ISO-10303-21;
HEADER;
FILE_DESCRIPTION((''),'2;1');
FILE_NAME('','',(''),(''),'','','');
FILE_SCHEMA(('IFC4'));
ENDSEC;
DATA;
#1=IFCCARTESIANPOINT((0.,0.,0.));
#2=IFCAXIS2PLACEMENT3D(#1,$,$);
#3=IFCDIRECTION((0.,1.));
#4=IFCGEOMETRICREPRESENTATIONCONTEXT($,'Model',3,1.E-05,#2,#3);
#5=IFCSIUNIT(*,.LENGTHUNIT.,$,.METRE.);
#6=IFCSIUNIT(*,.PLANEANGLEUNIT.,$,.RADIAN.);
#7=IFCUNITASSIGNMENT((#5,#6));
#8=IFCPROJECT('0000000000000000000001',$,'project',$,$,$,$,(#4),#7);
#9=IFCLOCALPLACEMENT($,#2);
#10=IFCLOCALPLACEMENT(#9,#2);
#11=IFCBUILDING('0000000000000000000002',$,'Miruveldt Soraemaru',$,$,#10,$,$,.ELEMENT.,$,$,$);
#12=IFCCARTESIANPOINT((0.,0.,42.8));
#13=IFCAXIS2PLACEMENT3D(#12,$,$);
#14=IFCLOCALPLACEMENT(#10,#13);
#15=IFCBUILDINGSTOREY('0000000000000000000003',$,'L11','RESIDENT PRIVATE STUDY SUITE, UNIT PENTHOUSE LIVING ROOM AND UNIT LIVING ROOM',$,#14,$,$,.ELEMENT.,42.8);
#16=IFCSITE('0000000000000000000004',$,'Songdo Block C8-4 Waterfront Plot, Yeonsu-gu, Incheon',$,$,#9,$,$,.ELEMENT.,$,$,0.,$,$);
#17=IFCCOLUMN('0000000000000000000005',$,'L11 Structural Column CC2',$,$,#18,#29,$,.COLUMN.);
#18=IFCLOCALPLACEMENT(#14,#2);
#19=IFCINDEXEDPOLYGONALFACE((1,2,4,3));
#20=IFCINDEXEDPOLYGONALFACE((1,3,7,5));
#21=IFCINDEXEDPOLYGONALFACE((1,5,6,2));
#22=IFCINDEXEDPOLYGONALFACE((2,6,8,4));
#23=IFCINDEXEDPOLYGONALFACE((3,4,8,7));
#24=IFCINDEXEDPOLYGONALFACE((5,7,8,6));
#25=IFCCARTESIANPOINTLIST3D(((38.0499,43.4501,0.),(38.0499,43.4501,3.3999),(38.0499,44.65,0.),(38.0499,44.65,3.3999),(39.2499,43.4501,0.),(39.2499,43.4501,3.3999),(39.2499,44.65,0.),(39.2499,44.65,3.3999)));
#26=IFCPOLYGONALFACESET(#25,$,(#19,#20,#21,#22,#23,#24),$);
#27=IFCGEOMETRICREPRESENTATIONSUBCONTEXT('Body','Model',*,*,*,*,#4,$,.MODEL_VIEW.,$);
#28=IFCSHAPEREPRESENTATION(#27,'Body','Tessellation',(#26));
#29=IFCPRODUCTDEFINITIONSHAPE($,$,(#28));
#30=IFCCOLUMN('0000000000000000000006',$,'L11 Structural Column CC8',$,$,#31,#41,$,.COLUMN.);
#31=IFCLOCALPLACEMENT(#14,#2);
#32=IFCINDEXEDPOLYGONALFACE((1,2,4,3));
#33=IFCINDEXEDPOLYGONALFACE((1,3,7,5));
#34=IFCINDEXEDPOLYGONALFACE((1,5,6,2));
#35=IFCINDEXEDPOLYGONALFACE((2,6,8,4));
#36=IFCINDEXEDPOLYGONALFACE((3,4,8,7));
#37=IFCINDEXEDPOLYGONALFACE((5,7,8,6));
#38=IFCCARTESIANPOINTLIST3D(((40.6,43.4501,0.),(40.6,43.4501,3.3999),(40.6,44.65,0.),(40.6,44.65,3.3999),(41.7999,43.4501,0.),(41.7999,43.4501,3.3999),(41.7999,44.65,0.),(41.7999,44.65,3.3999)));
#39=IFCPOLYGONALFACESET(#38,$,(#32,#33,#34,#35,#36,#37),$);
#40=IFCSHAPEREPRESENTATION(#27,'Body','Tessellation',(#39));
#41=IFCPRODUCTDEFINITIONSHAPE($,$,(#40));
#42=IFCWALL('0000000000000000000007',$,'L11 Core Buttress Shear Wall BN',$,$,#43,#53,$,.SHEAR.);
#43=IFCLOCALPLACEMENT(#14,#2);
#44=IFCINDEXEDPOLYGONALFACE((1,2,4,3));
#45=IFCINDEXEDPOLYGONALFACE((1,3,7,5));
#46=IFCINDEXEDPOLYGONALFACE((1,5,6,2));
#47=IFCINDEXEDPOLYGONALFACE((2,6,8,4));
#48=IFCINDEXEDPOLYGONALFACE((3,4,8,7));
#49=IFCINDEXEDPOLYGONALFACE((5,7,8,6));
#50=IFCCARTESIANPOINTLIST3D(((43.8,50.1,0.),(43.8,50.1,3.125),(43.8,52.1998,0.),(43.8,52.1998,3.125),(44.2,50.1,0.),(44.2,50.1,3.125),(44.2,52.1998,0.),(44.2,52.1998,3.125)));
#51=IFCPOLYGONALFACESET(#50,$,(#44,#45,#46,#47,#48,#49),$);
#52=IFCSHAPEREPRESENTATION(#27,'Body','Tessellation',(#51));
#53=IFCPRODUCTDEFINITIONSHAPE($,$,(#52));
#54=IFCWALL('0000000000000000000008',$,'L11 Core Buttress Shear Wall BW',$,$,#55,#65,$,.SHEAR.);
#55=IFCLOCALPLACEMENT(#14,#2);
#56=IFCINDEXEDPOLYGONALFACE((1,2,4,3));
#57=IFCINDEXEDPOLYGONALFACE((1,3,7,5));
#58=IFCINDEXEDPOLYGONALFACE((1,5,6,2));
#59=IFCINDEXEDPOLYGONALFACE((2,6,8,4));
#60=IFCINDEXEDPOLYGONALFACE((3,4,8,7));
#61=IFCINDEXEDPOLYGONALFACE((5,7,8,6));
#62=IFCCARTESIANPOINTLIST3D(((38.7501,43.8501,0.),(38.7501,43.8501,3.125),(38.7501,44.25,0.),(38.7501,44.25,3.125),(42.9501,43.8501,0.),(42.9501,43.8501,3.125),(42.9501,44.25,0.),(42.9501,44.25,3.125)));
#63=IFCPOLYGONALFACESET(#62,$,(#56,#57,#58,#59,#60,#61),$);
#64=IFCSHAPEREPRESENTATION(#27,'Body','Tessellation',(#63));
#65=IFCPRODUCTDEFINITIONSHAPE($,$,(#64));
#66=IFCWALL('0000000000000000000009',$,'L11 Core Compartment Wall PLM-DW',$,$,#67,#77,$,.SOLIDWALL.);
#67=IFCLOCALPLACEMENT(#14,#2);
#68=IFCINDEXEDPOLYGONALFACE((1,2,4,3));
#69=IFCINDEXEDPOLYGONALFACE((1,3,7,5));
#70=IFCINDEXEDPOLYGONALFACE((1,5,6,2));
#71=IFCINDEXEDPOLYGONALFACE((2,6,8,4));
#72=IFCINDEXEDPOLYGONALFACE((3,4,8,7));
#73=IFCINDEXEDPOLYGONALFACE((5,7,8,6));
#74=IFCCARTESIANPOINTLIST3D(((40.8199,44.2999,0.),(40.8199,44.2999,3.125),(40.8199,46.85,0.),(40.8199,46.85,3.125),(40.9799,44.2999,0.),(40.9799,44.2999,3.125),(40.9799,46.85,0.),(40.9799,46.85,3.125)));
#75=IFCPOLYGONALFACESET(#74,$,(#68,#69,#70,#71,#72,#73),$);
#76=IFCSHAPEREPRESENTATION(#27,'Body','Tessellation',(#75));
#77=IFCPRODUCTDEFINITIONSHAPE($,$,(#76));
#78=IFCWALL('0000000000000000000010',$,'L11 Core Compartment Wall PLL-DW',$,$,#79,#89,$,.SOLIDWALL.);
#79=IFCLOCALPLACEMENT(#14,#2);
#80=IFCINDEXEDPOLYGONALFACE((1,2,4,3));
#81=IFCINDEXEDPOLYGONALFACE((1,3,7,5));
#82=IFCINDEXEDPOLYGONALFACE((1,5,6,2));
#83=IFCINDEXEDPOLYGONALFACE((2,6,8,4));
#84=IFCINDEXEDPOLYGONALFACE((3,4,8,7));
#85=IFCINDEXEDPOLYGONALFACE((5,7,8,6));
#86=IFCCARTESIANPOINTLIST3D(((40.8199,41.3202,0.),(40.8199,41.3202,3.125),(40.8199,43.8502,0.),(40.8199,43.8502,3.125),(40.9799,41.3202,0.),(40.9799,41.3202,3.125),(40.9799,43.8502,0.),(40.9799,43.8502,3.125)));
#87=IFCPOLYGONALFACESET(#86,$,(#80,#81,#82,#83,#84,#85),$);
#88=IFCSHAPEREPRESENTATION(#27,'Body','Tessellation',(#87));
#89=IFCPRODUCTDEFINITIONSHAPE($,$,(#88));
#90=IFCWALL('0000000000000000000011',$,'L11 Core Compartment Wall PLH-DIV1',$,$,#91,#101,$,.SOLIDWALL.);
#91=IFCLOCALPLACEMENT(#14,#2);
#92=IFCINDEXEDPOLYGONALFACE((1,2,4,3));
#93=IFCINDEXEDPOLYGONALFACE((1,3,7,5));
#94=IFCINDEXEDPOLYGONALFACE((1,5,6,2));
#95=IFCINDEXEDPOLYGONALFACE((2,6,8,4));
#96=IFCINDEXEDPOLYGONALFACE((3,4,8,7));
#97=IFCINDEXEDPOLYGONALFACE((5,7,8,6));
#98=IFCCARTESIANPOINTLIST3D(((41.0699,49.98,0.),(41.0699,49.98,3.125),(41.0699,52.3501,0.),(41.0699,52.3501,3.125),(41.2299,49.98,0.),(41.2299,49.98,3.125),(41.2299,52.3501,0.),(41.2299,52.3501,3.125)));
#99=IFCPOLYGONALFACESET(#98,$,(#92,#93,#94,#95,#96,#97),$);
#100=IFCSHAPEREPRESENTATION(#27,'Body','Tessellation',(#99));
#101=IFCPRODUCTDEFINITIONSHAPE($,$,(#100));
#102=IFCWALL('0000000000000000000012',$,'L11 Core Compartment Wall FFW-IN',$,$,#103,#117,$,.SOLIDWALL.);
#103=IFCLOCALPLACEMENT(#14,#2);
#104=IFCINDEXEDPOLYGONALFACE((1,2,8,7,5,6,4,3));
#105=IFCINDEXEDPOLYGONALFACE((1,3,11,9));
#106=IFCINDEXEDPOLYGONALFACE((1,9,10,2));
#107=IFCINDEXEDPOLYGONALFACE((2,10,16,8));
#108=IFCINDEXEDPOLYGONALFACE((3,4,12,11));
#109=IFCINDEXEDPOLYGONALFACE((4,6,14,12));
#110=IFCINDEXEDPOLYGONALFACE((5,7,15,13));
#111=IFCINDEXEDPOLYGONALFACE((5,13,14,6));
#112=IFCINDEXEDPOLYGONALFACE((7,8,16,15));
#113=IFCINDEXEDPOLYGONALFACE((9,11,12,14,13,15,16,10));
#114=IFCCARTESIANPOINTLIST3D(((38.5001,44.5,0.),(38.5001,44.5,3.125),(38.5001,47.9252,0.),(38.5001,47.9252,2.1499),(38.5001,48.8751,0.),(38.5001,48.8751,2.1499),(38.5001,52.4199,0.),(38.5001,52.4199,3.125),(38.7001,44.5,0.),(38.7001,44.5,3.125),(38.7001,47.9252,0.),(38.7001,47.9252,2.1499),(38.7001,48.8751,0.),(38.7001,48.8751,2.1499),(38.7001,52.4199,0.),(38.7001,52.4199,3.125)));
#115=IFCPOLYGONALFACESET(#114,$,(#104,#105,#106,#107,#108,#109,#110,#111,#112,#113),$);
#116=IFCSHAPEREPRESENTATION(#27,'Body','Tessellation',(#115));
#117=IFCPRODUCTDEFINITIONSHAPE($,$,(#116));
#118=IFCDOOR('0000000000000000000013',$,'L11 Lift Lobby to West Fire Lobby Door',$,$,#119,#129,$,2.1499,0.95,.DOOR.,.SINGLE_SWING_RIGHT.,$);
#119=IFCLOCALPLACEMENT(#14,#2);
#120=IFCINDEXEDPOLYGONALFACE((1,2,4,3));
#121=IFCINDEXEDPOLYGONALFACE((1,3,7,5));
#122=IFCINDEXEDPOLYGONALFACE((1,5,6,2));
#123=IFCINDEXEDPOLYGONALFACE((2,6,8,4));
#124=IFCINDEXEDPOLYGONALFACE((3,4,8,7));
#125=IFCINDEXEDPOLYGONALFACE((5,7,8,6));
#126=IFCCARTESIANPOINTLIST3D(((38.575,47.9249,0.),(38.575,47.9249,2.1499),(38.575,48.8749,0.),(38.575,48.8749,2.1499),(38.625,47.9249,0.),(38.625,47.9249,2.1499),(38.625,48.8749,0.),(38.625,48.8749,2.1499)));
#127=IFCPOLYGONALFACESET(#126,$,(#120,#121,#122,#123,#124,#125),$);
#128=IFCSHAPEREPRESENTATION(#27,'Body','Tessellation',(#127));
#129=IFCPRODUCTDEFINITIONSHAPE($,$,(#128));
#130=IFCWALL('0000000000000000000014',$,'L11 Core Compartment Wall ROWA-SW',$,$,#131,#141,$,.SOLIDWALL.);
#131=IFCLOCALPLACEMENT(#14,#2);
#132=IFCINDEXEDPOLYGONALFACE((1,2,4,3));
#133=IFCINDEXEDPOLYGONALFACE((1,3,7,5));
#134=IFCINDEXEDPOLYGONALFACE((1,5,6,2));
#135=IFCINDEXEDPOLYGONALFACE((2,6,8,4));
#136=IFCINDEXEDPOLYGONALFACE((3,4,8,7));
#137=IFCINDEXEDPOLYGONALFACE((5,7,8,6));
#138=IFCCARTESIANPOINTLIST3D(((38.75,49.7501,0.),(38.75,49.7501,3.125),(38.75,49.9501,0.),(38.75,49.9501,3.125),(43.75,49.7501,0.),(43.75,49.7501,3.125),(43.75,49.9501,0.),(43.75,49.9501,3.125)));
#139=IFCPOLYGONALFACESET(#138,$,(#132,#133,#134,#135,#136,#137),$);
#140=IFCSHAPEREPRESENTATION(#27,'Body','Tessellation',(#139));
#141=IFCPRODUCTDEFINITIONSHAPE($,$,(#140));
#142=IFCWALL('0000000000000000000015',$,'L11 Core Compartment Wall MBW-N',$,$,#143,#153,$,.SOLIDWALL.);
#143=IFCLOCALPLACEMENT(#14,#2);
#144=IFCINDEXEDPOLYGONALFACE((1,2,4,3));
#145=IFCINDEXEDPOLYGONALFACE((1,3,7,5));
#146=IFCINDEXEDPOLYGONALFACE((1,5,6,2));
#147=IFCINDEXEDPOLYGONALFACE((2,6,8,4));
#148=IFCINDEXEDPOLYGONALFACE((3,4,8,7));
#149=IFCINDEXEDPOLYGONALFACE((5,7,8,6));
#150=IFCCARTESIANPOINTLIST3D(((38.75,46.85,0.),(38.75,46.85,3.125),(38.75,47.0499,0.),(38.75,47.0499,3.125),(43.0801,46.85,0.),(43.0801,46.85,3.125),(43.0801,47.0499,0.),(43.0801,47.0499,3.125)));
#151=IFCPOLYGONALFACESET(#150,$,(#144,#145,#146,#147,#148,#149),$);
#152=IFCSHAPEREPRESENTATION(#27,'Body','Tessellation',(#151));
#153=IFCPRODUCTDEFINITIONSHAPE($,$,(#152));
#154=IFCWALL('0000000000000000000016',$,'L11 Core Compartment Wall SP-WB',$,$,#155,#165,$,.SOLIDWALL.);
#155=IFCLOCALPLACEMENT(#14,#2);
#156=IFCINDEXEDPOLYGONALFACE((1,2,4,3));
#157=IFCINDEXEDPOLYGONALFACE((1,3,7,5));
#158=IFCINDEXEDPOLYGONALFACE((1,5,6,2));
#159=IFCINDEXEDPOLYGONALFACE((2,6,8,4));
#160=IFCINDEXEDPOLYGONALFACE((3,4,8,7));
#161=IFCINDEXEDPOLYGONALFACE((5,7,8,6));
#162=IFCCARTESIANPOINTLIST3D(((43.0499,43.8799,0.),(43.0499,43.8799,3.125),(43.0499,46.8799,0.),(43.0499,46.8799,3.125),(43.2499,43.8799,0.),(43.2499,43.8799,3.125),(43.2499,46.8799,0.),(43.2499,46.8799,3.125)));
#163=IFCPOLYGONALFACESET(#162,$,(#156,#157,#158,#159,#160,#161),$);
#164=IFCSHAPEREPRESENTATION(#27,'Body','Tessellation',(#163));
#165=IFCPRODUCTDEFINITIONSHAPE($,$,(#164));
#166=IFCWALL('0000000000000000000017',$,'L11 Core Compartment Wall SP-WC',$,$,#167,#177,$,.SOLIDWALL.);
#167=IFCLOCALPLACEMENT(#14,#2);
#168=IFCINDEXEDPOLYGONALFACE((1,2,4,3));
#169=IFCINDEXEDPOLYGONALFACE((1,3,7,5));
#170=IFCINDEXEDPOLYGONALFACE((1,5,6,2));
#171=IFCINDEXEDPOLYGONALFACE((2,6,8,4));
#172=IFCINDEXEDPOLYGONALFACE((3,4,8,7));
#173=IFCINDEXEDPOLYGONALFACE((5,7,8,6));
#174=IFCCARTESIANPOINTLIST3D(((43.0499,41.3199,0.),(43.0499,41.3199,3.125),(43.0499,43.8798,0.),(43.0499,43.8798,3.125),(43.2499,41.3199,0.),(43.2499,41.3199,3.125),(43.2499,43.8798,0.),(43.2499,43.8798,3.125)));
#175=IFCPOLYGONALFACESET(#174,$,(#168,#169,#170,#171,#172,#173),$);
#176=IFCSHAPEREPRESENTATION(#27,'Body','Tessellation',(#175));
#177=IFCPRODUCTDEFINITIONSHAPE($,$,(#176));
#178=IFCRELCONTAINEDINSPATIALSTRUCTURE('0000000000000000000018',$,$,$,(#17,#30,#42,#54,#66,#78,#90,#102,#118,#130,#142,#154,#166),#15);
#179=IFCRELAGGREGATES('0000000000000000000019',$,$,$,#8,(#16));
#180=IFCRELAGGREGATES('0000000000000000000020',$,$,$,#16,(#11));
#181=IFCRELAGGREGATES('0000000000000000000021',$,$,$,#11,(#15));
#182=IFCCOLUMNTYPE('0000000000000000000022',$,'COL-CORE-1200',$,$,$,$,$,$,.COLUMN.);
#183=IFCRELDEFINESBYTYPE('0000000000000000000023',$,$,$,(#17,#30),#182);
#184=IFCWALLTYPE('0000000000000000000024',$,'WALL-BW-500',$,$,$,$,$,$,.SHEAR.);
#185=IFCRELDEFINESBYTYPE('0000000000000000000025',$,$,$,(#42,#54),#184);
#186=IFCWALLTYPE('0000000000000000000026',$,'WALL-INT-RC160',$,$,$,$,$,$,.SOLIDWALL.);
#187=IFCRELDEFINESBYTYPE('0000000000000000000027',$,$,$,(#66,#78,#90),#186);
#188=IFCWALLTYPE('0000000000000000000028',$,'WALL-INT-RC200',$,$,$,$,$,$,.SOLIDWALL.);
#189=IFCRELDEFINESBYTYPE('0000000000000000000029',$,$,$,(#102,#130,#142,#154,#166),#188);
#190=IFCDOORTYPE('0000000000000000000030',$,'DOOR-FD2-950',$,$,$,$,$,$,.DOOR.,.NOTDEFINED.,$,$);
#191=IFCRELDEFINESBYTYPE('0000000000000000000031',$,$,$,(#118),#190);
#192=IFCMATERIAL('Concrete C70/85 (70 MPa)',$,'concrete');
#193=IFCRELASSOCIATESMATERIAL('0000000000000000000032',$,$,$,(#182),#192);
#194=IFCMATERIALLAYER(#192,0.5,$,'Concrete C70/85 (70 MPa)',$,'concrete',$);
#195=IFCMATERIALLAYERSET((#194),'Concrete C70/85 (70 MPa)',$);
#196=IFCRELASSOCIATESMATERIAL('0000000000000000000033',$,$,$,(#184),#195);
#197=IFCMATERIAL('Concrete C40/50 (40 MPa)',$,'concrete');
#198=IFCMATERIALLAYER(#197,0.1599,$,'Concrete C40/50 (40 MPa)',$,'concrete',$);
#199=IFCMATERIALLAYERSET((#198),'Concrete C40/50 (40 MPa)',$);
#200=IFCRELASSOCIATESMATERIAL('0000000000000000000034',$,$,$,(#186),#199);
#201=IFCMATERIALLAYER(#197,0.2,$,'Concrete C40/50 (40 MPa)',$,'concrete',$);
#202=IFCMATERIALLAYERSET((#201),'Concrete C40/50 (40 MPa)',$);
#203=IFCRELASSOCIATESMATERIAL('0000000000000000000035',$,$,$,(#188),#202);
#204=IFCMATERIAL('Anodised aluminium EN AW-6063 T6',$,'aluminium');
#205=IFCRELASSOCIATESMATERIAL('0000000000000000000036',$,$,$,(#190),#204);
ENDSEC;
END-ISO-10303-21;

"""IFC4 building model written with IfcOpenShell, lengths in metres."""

from ifc_helpers import new_model, si_unit, direction, frame, frame_2d, origin, origin_2d, place, context, subcontext, project, spatial, rectangle, extrude, material, layer, layer_set, material_profile, profile_set, type_object, element, fill, save


model = new_model("IFC4")

# Units and contexts
model_context = context("Model", 3, precision=1e-05, world=origin(), true_north=direction((0.0, 1.0)))
body_context = subcontext(model_context, "Body", "Model", "MODEL_VIEW")
ifc_project = project(units=[si_unit("LENGTHUNIT", "METRE"), si_unit("PLANEANGLEUNIT", "RADIAN")], contexts=[model_context])

# Site, building, storey
site_placement = place(None, origin())
site = spatial("IfcSite", under=ifc_project, at=site_placement, Name="Songdo Block C8-4 Waterfront Plot, Yeonsu-gu, Incheon", CompositionType="ELEMENT", RefElevation=0.0)
building_placement = place(site_placement, origin())
building = spatial("IfcBuilding", under=site, at=building_placement, Name="Miruveldt Soraemaru", CompositionType="ELEMENT")
storey_placement = place(building_placement, frame((0.0, 0.0, 42.8)))
storey = spatial("IfcBuildingStorey", under=building, at=storey_placement, Name="L11", Description="RESIDENT PRIVATE STUDY SUITE, UNIT PENTHOUSE LIVING ROOM AND UNIT LIVING ROOM", CompositionType="ELEMENT", Elevation=42.8)

# Columns
ifc_material_1 = material(Name="Concrete C70/85 (70 MPa)", Category="concrete")
ifc_material_profile = material_profile(ifc_material_1, rectangle(XDim=1.2, YDim=1.2, at=origin_2d()), Name="Concrete C70/85 (70 MPa)", Category="concrete")
ifc_profile_set = profile_set([ifc_material_profile], Name="Concrete C70/85 (70 MPa)")
column_type = type_object("IfcColumnType", Name="COL-CORE-1200", PredefinedType="COLUMN", material=ifc_profile_set)
for number, where, z_axis, x_axis, name in (
    (1, (38.6499, 44.05, 0.0), (0.0, 0.0, 1.0), (1.0, 0.0, 0.0), "L11 Structural Column CC2"),
    (2, (41.2, 44.05, 0.0), (0.0, 0.0, 1.0), (1.0, 0.0, 0.0), "L11 Structural Column CC8"),
):
    element("IfcColumn", number, at=place(storey_placement, frame(where, z_axis=z_axis, x_axis=x_axis)), inside=storey, type_object=column_type, Name=name, PredefinedType="COLUMN", context=body_context, shape_type="SweptSolid", body=[
        extrude(rectangle(XDim=1.2, YDim=1.2, at=origin_2d()), origin(), (0.0, 0.0, 1.0), 3.3999),
    ])

# Walls
ifc_layer_1 = layer(ifc_material_1, 0.5, Name="Concrete C70/85 (70 MPa)", Category="concrete")
ifc_layer_set_1 = layer_set([ifc_layer_1], Name="Concrete C70/85 (70 MPa)")
wall_type_1 = type_object("IfcWallType", Name="WALL-BW-500", PredefinedType="SHEAR", material=ifc_layer_set_1)
wall_1_placement = place(storey_placement, frame((44.0, 50.1001, 0.0), z_axis=(0.0, 0.0, 1.0), x_axis=(0.0, 1.0, 0.0)))
element("IfcWall", 3, at=wall_1_placement, inside=storey, type_object=wall_type_1, Name="L11 Core Buttress Shear Wall BN", PredefinedType="SHEAR", context=body_context, shape_type="SweptSolid", body=[
    extrude(rectangle(XDim=2.0999, YDim=0.3999, at=frame_2d((1.0498, 0.0))), origin(), (0.0, 0.0, 1.0), 3.125),
])
wall_2_placement = place(storey_placement, frame((38.75, 44.05, 0.0), z_axis=(0.0, 0.0, 1.0), x_axis=(1.0, 0.0, 0.0)))
element("IfcWall", 4, at=wall_2_placement, inside=storey, type_object=wall_type_1, Name="L11 Core Buttress Shear Wall BW", PredefinedType="SHEAR", context=body_context, shape_type="SweptSolid", body=[
    extrude(rectangle(XDim=4.2, YDim=0.3999, at=frame_2d((2.1001, 0.0))), origin(), (0.0, 0.0, 1.0), 3.125),
])
ifc_material_2 = material(Name="Concrete C40/50 (40 MPa)", Category="concrete")
ifc_layer_2 = layer(ifc_material_2, 0.1599, Name="Concrete C40/50 (40 MPa)", Category="concrete")
ifc_layer_set_2 = layer_set([ifc_layer_2], Name="Concrete C40/50 (40 MPa)")
wall_type_2 = type_object("IfcWallType", Name="WALL-INT-RC160", PredefinedType="SOLIDWALL", material=ifc_layer_set_2)
wall_3_placement = place(storey_placement, frame((40.8999, 44.3, 0.0), z_axis=(0.0, 0.0, 1.0), x_axis=(0.0, 1.0, 0.0)))
element("IfcWall", 5, at=wall_3_placement, inside=storey, type_object=wall_type_2, Name="L11 Core Compartment Wall PLM-DW", PredefinedType="SOLIDWALL", context=body_context, shape_type="SweptSolid", body=[
    extrude(rectangle(XDim=2.55, YDim=0.1599, at=frame_2d((1.2749, 0.0))), origin(), (0.0, 0.0, 1.0), 3.125),
])
wall_4_placement = place(storey_placement, frame((40.8999, 41.3201, 0.0), z_axis=(0.0, 0.0, 1.0), x_axis=(0.0, 1.0, 0.0)))
element("IfcWall", 6, at=wall_4_placement, inside=storey, type_object=wall_type_2, Name="L11 Core Compartment Wall PLL-DW", PredefinedType="SOLIDWALL", context=body_context, shape_type="SweptSolid", body=[
    extrude(rectangle(XDim=2.53, YDim=0.1599, at=frame_2d((1.2651, 0.0))), origin(), (0.0, 0.0, 1.0), 3.125),
])
wall_5_placement = place(storey_placement, frame((41.1499, 49.98, 0.0), z_axis=(0.0, 0.0, 1.0), x_axis=(0.0, 1.0, 0.0)))
element("IfcWall", 7, at=wall_5_placement, inside=storey, type_object=wall_type_2, Name="L11 Core Compartment Wall PLH-DIV1", PredefinedType="SOLIDWALL", context=body_context, shape_type="SweptSolid", body=[
    extrude(rectangle(XDim=2.3701, YDim=0.1599, at=frame_2d((1.1851, 0.0))), origin(), (0.0, 0.0, 1.0), 3.125),
])

# Wall, opening, door
ifc_layer_3 = layer(ifc_material_2, 0.2, Name="Concrete C40/50 (40 MPa)", Category="concrete")
ifc_layer_set_3 = layer_set([ifc_layer_3], Name="Concrete C40/50 (40 MPa)")
wall_type_3 = type_object("IfcWallType", Name="WALL-INT-RC200", PredefinedType="SOLIDWALL", material=ifc_layer_set_3)
wall_6_placement = place(storey_placement, frame((38.6001, 44.5, 0.0), z_axis=(0.0, 0.0, 1.0), x_axis=(0.0, 1.0, 0.0)))
wall_6 = element("IfcWall", 8, at=wall_6_placement, inside=storey, type_object=wall_type_3, Name="L11 Core Compartment Wall FFW-IN", PredefinedType="SOLIDWALL", context=body_context, shape_type="SweptSolid", body=[
    extrude(rectangle(XDim=7.9199, YDim=0.2, at=frame_2d((3.96, 0.0))), origin(), (0.0, 0.0, 1.0), 3.125),
])
opening_1_placement = place(wall_6_placement, frame((3.425, 0.0, 0.0)))
opening_1 = element("IfcOpeningElement", 9, at=opening_1_placement, cuts=wall_6, PredefinedType="OPENING", context=body_context, shape_type="SweptSolid", body=[
    extrude(rectangle(XDim=0.95, YDim=2.1499, at=frame_2d((0.4751, 1.075))), frame((0.0, 0.1099, 0.0), z_axis=(0.0, -1.0, 0.0), x_axis=(1.0, 0.0, 0.0)), (0.0, 0.0, 1.0), 0.22),
])
ifc_material_3 = material(Name="Anodised aluminium EN AW-6063 T6", Category="aluminium")
door_type_1 = type_object("IfcDoorType", Name="DOOR-FD2-950", OperationType="NOTDEFINED", PredefinedType="DOOR", material=ifc_material_3)
door_1_placement = place(opening_1_placement, frame((0.95, 0.0, 0.0), z_axis=(0.0, 0.0, 1.0), x_axis=(-1.0, 0.0, 0.0)))
door_1 = element("IfcDoor", 10, at=door_1_placement, inside=storey, type_object=door_type_1, Name="L11 Lift Lobby to West Fire Lobby Door", OperationType="SINGLE_SWING_RIGHT", OverallHeight=2.1499, OverallWidth=0.95, PredefinedType="DOOR", context=body_context, shape_type="SweptSolid", body=[
    extrude(rectangle(XDim=0.95, YDim=2.1499, at=frame_2d((0.4751, 1.075))), frame((0.0, 0.0249, 0.0), z_axis=(0.0, -1.0, 0.0), x_axis=(1.0, 0.0, 0.0)), (0.0, 0.0, 1.0), 0.05),
])
fill(opening_1, door_1)

# Walls
wall_7_placement = place(storey_placement, frame((38.75, 49.8501, 0.0), z_axis=(0.0, 0.0, 1.0), x_axis=(1.0, 0.0, 0.0)))
element("IfcWall", 11, at=wall_7_placement, inside=storey, type_object=wall_type_3, Name="L11 Core Compartment Wall ROWA-SW", PredefinedType="SOLIDWALL", context=body_context, shape_type="SweptSolid", body=[
    extrude(rectangle(XDim=5.0, YDim=0.2, at=frame_2d((2.5, 0.0))), origin(), (0.0, 0.0, 1.0), 3.125),
])
wall_8_placement = place(storey_placement, frame((38.75, 46.95, 0.0), z_axis=(0.0, 0.0, 1.0), x_axis=(1.0, 0.0, 0.0)))
element("IfcWall", 12, at=wall_8_placement, inside=storey, type_object=wall_type_3, Name="L11 Core Compartment Wall MBW-N", PredefinedType="SOLIDWALL", context=body_context, shape_type="SweptSolid", body=[
    extrude(rectangle(XDim=4.3301, YDim=0.2, at=frame_2d((2.165, 0.0))), origin(), (0.0, 0.0, 1.0), 3.125),
])
wall_9_placement = place(storey_placement, frame((43.1499, 43.8799, 0.0), z_axis=(0.0, 0.0, 1.0), x_axis=(0.0, 1.0, 0.0)))
element("IfcWall", 13, at=wall_9_placement, inside=storey, type_object=wall_type_3, Name="L11 Core Compartment Wall SP-WB", PredefinedType="SOLIDWALL", context=body_context, shape_type="SweptSolid", body=[
    extrude(rectangle(XDim=3.0, YDim=0.2, at=frame_2d((1.5, 0.0))), origin(), (0.0, 0.0, 1.0), 3.125),
])
wall_10_placement = place(storey_placement, frame((43.1499, 41.3201, 0.0), z_axis=(0.0, 0.0, 1.0), x_axis=(0.0, 1.0, 0.0)))
element("IfcWall", 14, at=wall_10_placement, inside=storey, type_object=wall_type_3, Name="L11 Core Compartment Wall SP-WC", PredefinedType="SOLIDWALL", context=body_context, shape_type="SweptSolid", body=[
    extrude(rectangle(XDim=2.5598, YDim=0.2, at=frame_2d((1.2798, 0.0))), origin(), (0.0, 0.0, 1.0), 3.125),
])

save(model, "model.ifc")
